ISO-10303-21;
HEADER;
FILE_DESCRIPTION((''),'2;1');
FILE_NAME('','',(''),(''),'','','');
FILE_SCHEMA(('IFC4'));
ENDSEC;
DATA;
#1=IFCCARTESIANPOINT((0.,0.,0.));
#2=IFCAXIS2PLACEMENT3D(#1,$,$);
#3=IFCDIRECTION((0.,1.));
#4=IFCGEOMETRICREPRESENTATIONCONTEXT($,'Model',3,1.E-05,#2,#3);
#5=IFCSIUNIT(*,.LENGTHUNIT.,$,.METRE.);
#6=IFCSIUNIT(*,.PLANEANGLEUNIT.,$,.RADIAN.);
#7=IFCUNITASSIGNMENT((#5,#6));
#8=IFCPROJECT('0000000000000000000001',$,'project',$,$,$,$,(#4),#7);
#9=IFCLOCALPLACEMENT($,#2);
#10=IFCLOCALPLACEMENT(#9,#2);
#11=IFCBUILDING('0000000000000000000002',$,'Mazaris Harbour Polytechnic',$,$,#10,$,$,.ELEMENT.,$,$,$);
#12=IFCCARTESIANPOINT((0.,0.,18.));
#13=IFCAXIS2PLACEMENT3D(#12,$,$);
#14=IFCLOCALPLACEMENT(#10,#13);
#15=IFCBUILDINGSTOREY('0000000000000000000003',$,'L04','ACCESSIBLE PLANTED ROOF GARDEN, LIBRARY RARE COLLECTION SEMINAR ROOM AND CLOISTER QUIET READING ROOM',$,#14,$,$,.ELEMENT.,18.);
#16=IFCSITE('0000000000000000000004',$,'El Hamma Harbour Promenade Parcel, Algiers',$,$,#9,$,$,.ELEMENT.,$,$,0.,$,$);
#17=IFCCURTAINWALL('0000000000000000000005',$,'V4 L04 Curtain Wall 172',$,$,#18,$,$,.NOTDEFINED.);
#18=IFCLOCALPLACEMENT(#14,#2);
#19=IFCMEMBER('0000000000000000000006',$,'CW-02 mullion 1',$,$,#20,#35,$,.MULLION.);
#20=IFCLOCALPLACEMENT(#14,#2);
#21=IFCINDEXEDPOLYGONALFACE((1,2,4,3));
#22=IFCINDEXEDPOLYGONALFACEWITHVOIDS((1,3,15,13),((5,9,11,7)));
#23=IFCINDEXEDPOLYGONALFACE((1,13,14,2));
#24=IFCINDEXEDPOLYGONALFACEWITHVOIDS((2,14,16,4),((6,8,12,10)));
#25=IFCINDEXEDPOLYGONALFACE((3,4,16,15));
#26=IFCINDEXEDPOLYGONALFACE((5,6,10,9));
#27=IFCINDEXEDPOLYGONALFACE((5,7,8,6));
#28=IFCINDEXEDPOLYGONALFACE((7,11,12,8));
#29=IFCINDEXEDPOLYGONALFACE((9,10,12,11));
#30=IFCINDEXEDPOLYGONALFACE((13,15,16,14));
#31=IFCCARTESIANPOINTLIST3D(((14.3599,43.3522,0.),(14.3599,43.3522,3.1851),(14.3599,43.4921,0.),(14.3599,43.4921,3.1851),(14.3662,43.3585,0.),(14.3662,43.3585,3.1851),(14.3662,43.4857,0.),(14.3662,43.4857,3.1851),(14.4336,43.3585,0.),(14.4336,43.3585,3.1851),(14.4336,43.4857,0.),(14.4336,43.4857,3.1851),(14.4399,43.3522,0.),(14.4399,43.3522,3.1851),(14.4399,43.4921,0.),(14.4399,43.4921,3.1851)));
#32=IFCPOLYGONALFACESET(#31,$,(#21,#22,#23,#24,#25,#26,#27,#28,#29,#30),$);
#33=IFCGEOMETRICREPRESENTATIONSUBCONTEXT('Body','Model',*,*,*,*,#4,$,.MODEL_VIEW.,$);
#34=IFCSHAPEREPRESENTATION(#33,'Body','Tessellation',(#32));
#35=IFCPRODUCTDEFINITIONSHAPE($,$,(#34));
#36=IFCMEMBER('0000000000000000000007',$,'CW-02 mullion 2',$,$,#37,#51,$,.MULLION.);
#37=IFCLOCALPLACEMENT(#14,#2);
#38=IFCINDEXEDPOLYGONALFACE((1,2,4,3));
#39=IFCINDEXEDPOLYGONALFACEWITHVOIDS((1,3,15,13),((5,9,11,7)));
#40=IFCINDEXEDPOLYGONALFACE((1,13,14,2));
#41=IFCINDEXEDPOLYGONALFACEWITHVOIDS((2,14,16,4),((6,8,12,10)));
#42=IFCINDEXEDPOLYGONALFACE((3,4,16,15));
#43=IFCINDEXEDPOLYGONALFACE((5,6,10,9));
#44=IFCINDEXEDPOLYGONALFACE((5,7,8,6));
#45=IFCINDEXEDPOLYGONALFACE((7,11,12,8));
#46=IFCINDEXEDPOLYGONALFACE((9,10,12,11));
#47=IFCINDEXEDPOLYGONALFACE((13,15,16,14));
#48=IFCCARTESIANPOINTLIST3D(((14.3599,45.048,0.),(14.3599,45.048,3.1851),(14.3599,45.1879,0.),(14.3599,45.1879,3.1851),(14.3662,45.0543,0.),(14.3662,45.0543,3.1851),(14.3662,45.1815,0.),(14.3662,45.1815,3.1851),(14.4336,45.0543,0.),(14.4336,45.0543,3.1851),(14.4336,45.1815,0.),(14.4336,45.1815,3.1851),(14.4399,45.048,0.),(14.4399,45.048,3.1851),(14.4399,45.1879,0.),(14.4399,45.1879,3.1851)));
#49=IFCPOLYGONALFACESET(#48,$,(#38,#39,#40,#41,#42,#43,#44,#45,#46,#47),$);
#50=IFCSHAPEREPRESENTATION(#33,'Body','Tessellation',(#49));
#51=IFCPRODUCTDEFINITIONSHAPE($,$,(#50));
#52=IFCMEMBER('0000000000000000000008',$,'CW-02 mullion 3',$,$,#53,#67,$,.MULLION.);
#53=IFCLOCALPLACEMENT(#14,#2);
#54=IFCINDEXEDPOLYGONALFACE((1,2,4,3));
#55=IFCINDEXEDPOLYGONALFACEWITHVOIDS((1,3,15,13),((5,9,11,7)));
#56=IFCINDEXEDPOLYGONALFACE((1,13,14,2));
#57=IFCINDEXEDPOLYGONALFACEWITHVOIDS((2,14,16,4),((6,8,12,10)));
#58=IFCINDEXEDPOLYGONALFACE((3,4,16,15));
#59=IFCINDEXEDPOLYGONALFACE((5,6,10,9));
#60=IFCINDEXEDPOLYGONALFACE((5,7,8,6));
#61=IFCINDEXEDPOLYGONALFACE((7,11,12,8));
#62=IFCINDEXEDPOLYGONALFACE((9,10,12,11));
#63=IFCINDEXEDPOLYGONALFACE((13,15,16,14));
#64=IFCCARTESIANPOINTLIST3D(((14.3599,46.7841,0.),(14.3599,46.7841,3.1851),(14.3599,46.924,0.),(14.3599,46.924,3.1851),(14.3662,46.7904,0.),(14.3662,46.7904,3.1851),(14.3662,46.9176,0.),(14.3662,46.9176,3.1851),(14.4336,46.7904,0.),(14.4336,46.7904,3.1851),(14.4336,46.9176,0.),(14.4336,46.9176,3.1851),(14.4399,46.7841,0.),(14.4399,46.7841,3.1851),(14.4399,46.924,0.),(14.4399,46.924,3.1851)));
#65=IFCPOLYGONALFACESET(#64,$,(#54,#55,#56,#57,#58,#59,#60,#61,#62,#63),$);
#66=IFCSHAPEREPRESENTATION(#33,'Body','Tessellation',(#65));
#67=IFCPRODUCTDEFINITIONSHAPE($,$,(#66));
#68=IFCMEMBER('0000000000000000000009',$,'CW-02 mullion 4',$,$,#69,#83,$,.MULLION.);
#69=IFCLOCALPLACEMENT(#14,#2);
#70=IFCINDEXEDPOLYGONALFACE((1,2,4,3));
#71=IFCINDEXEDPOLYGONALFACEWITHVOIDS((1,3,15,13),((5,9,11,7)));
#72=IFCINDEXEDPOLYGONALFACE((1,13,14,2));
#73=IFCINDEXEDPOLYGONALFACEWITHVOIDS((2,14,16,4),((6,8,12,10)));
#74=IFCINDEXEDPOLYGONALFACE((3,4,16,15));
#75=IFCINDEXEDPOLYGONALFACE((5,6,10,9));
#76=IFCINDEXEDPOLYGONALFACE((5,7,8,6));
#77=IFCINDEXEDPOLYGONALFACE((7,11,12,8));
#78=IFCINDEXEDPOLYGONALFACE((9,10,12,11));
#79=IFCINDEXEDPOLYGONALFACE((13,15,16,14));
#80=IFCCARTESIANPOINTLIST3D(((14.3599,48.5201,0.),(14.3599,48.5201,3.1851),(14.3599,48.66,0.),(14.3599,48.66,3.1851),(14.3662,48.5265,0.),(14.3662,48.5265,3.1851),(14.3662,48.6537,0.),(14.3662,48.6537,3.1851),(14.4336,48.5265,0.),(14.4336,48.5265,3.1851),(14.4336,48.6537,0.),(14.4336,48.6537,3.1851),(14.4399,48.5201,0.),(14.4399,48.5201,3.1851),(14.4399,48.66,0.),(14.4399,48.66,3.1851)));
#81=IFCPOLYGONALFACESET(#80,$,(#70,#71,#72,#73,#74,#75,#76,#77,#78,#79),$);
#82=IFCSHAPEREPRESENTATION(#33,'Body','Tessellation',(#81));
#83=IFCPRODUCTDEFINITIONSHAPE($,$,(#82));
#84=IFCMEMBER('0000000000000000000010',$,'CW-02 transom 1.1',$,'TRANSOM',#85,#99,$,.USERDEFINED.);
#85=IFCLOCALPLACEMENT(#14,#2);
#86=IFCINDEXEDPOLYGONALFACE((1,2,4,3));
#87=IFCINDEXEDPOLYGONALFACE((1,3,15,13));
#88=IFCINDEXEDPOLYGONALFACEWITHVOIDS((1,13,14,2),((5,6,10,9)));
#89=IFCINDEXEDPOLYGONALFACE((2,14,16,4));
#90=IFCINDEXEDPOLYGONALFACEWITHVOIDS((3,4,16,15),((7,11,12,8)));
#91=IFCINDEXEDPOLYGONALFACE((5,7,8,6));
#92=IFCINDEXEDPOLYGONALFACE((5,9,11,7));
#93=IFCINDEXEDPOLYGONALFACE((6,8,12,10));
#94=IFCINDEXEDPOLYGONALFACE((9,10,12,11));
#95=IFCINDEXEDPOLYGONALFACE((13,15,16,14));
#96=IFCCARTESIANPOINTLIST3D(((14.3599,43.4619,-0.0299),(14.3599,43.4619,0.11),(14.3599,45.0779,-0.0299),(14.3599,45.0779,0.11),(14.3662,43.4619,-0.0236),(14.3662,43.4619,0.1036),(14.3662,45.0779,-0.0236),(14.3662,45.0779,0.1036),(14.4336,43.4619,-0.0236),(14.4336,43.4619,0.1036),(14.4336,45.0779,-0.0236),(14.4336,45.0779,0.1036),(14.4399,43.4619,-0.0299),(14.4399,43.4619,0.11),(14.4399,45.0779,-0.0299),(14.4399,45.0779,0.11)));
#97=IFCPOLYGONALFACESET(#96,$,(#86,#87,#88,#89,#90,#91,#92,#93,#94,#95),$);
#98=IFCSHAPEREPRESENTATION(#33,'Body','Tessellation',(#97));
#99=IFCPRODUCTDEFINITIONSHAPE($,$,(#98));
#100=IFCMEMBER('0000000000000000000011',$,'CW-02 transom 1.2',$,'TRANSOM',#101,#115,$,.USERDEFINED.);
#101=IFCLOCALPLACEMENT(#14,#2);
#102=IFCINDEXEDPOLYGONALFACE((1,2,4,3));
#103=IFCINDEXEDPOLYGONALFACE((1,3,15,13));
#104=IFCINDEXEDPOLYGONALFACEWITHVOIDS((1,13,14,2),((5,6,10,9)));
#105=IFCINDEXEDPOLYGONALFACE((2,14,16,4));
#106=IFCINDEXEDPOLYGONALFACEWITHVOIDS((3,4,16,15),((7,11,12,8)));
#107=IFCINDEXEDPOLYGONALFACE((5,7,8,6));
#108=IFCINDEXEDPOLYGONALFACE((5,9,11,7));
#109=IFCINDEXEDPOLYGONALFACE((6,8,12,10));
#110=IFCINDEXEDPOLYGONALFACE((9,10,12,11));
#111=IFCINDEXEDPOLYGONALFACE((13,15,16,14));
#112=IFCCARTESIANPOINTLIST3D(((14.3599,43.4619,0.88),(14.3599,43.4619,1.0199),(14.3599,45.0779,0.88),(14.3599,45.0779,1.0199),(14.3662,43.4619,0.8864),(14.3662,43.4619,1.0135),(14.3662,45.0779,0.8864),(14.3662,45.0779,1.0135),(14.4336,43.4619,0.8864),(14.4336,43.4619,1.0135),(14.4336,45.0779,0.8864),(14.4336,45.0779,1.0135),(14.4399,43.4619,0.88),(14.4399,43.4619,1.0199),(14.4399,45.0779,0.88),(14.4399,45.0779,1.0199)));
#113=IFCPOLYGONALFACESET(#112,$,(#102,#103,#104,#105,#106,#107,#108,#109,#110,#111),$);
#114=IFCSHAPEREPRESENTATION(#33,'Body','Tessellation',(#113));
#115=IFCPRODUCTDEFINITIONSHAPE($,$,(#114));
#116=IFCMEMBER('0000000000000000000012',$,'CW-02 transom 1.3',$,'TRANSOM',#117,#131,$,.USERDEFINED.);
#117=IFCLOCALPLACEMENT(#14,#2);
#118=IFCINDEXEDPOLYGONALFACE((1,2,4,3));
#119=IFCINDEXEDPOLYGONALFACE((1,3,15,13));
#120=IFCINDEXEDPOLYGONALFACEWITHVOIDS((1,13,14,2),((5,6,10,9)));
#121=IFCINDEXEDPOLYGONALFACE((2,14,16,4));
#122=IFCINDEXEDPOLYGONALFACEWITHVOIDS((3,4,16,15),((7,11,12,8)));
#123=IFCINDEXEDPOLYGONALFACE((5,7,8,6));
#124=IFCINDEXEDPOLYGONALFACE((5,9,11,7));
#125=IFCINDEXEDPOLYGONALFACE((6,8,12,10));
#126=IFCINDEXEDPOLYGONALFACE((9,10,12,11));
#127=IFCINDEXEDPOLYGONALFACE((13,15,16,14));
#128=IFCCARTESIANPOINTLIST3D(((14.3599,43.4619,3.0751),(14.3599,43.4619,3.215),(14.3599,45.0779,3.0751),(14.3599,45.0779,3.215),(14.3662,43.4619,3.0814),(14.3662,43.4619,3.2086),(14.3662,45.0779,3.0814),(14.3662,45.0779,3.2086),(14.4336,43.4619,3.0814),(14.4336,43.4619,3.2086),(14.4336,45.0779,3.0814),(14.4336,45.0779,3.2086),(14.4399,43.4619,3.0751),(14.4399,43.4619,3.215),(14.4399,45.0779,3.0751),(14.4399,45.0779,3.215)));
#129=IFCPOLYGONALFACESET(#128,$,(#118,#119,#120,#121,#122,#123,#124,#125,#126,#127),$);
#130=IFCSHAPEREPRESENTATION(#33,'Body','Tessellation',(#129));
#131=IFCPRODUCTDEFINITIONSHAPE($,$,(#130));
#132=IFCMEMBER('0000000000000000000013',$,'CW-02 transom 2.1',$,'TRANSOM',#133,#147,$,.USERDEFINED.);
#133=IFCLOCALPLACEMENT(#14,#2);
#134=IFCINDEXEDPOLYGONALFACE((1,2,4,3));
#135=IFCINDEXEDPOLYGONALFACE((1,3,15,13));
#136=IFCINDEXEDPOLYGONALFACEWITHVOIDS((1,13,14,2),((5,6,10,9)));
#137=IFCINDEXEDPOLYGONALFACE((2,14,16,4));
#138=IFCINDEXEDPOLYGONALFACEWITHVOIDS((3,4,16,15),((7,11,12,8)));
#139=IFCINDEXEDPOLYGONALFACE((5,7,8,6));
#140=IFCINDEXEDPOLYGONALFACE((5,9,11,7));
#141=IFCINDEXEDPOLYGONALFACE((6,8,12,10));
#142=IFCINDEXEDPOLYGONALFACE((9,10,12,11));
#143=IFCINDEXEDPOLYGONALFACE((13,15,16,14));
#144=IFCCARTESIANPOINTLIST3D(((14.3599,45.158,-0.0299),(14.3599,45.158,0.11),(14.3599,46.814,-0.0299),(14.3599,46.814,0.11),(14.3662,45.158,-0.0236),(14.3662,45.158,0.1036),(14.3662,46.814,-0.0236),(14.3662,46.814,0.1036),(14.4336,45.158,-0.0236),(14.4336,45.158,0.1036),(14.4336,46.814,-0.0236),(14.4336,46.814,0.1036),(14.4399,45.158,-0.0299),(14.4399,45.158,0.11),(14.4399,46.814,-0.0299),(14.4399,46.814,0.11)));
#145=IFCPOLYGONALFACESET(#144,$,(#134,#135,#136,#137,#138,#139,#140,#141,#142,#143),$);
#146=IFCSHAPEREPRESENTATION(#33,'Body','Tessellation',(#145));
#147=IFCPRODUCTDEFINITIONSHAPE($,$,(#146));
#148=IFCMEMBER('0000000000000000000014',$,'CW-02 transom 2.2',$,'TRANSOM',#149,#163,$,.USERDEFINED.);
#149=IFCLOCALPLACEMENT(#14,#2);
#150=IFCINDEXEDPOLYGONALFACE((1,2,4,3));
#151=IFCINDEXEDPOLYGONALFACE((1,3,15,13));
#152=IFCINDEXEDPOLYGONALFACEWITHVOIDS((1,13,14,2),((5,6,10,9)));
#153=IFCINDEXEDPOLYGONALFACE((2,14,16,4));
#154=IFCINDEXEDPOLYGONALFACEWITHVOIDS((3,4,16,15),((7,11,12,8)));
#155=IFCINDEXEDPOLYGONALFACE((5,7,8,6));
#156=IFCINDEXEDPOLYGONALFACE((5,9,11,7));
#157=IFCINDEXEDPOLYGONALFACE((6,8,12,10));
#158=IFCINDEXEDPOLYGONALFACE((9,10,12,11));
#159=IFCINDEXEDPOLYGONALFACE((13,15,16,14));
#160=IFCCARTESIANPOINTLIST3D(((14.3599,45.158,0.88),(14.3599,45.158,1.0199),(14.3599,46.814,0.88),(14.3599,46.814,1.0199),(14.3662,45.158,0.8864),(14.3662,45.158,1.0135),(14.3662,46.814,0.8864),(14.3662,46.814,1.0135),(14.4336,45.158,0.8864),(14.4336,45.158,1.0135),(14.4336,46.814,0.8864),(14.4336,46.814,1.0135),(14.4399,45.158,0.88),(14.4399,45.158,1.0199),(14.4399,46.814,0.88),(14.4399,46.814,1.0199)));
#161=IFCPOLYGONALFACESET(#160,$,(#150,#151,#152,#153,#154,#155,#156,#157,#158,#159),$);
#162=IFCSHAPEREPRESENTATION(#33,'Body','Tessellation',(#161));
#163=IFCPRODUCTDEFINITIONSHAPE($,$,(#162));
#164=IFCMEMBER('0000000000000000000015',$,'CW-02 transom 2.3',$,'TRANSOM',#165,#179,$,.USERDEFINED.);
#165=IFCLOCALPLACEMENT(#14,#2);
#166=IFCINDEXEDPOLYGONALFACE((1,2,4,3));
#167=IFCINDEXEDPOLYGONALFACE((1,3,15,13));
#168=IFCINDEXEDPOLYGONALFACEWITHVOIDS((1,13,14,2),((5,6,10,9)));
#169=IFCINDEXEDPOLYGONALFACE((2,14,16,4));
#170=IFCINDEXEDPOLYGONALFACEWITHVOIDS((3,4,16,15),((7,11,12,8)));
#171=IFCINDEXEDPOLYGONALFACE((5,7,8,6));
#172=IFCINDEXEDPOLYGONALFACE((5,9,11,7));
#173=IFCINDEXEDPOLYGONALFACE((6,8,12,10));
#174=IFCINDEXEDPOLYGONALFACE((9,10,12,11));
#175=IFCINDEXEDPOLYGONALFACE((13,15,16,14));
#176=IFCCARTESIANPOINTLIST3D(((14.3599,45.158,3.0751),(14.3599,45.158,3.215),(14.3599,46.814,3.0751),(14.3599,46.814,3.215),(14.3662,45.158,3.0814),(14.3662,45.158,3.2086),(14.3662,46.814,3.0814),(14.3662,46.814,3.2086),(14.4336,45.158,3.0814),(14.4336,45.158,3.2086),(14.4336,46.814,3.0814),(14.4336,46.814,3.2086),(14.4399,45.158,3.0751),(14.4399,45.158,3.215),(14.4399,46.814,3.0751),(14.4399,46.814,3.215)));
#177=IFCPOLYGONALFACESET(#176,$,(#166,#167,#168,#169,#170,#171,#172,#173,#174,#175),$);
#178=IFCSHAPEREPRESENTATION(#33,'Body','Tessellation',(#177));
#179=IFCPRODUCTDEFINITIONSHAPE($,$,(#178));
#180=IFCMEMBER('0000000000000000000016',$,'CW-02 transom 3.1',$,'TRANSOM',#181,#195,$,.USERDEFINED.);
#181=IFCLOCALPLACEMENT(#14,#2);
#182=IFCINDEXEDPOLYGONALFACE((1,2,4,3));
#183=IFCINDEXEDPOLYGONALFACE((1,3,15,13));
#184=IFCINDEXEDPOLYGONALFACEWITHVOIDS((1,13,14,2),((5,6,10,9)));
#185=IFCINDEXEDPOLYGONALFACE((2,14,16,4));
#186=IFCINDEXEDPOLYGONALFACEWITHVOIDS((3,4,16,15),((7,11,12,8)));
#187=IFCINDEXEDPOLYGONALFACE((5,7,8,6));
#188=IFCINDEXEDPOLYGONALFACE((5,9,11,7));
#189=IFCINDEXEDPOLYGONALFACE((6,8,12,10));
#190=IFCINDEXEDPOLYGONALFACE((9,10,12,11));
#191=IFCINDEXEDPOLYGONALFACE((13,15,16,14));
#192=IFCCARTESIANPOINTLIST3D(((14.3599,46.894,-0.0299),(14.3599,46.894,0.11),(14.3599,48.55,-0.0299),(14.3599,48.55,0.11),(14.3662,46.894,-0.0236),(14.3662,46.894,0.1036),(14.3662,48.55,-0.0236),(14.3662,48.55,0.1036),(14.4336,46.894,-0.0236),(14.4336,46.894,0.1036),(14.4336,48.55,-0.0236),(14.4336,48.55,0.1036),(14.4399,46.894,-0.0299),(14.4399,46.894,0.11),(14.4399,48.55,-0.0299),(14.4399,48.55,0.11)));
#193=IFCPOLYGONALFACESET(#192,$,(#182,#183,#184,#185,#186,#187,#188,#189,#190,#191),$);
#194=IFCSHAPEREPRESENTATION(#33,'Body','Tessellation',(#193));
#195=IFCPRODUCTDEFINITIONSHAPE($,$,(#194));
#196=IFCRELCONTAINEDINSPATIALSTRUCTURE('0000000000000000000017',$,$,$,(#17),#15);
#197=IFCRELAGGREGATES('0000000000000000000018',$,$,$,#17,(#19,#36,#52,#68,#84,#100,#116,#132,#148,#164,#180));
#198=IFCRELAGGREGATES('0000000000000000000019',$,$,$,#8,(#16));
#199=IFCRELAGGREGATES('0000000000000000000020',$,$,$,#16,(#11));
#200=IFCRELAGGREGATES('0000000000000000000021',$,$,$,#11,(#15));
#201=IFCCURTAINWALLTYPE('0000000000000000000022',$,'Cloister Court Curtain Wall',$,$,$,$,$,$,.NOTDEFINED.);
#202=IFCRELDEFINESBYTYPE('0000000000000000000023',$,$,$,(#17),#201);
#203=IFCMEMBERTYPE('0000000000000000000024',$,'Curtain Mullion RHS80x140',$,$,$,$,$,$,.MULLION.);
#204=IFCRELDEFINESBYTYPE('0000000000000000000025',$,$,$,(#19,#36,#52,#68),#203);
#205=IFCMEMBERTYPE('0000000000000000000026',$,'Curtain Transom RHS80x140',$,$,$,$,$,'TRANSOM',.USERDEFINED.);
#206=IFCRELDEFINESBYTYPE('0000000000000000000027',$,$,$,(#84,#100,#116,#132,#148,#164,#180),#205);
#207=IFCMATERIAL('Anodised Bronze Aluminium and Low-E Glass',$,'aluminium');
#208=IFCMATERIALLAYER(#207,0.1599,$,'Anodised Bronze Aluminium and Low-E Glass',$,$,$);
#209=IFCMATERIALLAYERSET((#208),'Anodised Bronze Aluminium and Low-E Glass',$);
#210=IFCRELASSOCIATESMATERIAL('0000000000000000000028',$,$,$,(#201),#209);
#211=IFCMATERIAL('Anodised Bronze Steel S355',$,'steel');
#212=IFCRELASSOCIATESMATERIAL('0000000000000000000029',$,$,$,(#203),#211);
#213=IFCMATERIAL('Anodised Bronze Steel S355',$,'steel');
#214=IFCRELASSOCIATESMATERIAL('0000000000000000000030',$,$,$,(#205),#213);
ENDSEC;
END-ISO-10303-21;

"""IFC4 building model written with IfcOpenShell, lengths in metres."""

from ifc_helpers import new_model, si_unit, direction, frame, origin, origin_2d, place, context, subcontext, project, spatial, hollow_rectangle, extrude, material, layer, layer_set, material_profile, profile_set, type_object, element, aggregate, save


model = new_model("IFC4")

# Units and contexts
model_context = context("Model", 3, precision=1e-05, world=origin(), true_north=direction((0.0, 1.0)))
body_context = subcontext(model_context, "Body", "Model", "MODEL_VIEW")
ifc_project = project(units=[si_unit("LENGTHUNIT", "METRE"), si_unit("PLANEANGLEUNIT", "RADIAN")], contexts=[model_context])

# Site, building, storey
site_placement = place(None, origin())
site = spatial("IfcSite", under=ifc_project, at=site_placement, Name="El Hamma Harbour Promenade Parcel, Algiers", CompositionType="ELEMENT", RefElevation=0.0)
building_placement = place(site_placement, origin())
building = spatial("IfcBuilding", under=site, at=building_placement, Name="Mazaris Harbour Polytechnic", CompositionType="ELEMENT")
storey_placement = place(building_placement, frame((0.0, 0.0, 18.0)))
storey = spatial("IfcBuildingStorey", under=building, at=storey_placement, Name="L04", Description="ACCESSIBLE PLANTED ROOF GARDEN, LIBRARY RARE COLLECTION SEMINAR ROOM AND CLOISTER QUIET READING ROOM", CompositionType="ELEMENT", Elevation=18.0)

# Curtain wall, members
ifc_material_1 = material(Name="Anodised Bronze Aluminium and Low-E Glass", Category="aluminium")
ifc_layer_1 = layer(ifc_material_1, 0.1599, Name="Anodised Bronze Aluminium and Low-E Glass")
ifc_layer_set_1 = layer_set([ifc_layer_1], Name="Anodised Bronze Aluminium and Low-E Glass")
curtain_wall_type = type_object("IfcCurtainWallType", Name="Cloister Court Curtain Wall", PredefinedType="NOTDEFINED", material=ifc_layer_set_1)
curtain_wall_placement = place(storey_placement, origin())
curtain_wall = element("IfcCurtainWall", 1, at=curtain_wall_placement, inside=storey, type_object=curtain_wall_type, Name="V4 L04 Curtain Wall 172", PredefinedType="NOTDEFINED")
ifc_material_2 = material(Name="Anodised Bronze Steel S355", Category="steel")
ifc_material_profile_1 = material_profile(ifc_material_2, hollow_rectangle(XDim=0.0801, YDim=0.1399, WallThickness=0.0063, at=origin_2d()), Name="RHS 80x140x6.3")
ifc_profile_set_1 = profile_set([ifc_material_profile_1], Name="Anodised Bronze Steel S355")
member_type_1 = type_object("IfcMemberType", Name="Curtain Mullion RHS80x140", PredefinedType="MULLION", material=ifc_profile_set_1)
member_1_placement = place(storey_placement, frame((14.3999, 43.4221, 0.0), z_axis=(0.0, 0.0, 1.0), x_axis=(-1.0, 0.0, 0.0)))
member_1 = element("IfcMember", 2, at=member_1_placement, type_object=member_type_1, Name="CW-02 mullion 1", PredefinedType="MULLION", context=body_context, shape_type="SweptSolid", body=[
    extrude(hollow_rectangle(XDim=0.0801, YDim=0.1399, WallThickness=0.0063, at=origin_2d()), origin(), (0.0, 0.0, 1.0), 3.1851),
])
member_2_placement = place(storey_placement, frame((14.3999, 45.1179, 0.0), z_axis=(0.0, 0.0, 1.0), x_axis=(-1.0, 0.0, 0.0)))
member_2 = element("IfcMember", 3, at=member_2_placement, type_object=member_type_1, Name="CW-02 mullion 2", PredefinedType="MULLION", context=body_context, shape_type="SweptSolid", body=[
    extrude(hollow_rectangle(XDim=0.0801, YDim=0.1399, WallThickness=0.0063, at=origin_2d()), origin(), (0.0, 0.0, 1.0), 3.1851),
])
member_3_placement = place(storey_placement, frame((14.3999, 46.854, 0.0), z_axis=(0.0, 0.0, 1.0), x_axis=(-1.0, 0.0, 0.0)))
member_3 = element("IfcMember", 4, at=member_3_placement, type_object=member_type_1, Name="CW-02 mullion 3", PredefinedType="MULLION", context=body_context, shape_type="SweptSolid", body=[
    extrude(hollow_rectangle(XDim=0.0801, YDim=0.1399, WallThickness=0.0063, at=origin_2d()), origin(), (0.0, 0.0, 1.0), 3.1851),
])
member_4_placement = place(storey_placement, frame((14.3999, 48.5901, 0.0), z_axis=(0.0, 0.0, 1.0), x_axis=(-1.0, 0.0, 0.0)))
member_4 = element("IfcMember", 5, at=member_4_placement, type_object=member_type_1, Name="CW-02 mullion 4", PredefinedType="MULLION", context=body_context, shape_type="SweptSolid", body=[
    extrude(hollow_rectangle(XDim=0.0801, YDim=0.1399, WallThickness=0.0063, at=origin_2d()), origin(), (0.0, 0.0, 1.0), 3.1851),
])
ifc_material_3 = material(Name="Anodised Bronze Steel S355", Category="steel")
ifc_material_profile_2 = material_profile(ifc_material_3, hollow_rectangle(XDim=0.0801, YDim=0.1399, WallThickness=0.0063, at=origin_2d()), Name="RHS 80x140x6.3")
ifc_profile_set_2 = profile_set([ifc_material_profile_2], Name="Anodised Bronze Steel S355")
member_type_2 = type_object("IfcMemberType", Name="Curtain Transom RHS80x140", ElementType="TRANSOM", PredefinedType="USERDEFINED", material=ifc_profile_set_2)
member_5_placement = place(storey_placement, frame((14.3999, 43.4619, 0.04), z_axis=(0.0, 1.0, 0.0), x_axis=(-1.0, 0.0, 0.0)))
member_5 = element("IfcMember", 6, at=member_5_placement, type_object=member_type_2, Name="CW-02 transom 1.1", ObjectType="TRANSOM", PredefinedType="USERDEFINED", context=body_context, shape_type="SweptSolid", body=[
    extrude(hollow_rectangle(XDim=0.0801, YDim=0.1399, WallThickness=0.0063, at=origin_2d()), origin(), (0.0, 0.0, 1.0), 1.616),
])
member_6_placement = place(storey_placement, frame((14.3999, 43.4619, 0.95), z_axis=(0.0, 1.0, 0.0), x_axis=(-1.0, 0.0, 0.0)))
member_6 = element("IfcMember", 7, at=member_6_placement, type_object=member_type_2, Name="CW-02 transom 1.2", ObjectType="TRANSOM", PredefinedType="USERDEFINED", context=body_context, shape_type="SweptSolid", body=[
    extrude(hollow_rectangle(XDim=0.0801, YDim=0.1399, WallThickness=0.0063, at=origin_2d()), origin(), (0.0, 0.0, 1.0), 1.616),
])
member_7_placement = place(storey_placement, frame((14.3999, 43.4619, 3.145), z_axis=(0.0, 1.0, 0.0), x_axis=(-1.0, 0.0, 0.0)))
member_7 = element("IfcMember", 8, at=member_7_placement, type_object=member_type_2, Name="CW-02 transom 1.3", ObjectType="TRANSOM", PredefinedType="USERDEFINED", context=body_context, shape_type="SweptSolid", body=[
    extrude(hollow_rectangle(XDim=0.0801, YDim=0.1399, WallThickness=0.0063, at=origin_2d()), origin(), (0.0, 0.0, 1.0), 1.616),
])
member_8_placement = place(storey_placement, frame((14.3999, 45.158, 0.04), z_axis=(0.0, 1.0, 0.0), x_axis=(-1.0, 0.0, 0.0)))
member_8 = element("IfcMember", 9, at=member_8_placement, type_object=member_type_2, Name="CW-02 transom 2.1", ObjectType="TRANSOM", PredefinedType="USERDEFINED", context=body_context, shape_type="SweptSolid", body=[
    extrude(hollow_rectangle(XDim=0.0801, YDim=0.1399, WallThickness=0.0063, at=origin_2d()), origin(), (0.0, 0.0, 1.0), 1.656),
])
member_9_placement = place(storey_placement, frame((14.3999, 45.158, 0.95), z_axis=(0.0, 1.0, 0.0), x_axis=(-1.0, 0.0, 0.0)))
member_9 = element("IfcMember", 10, at=member_9_placement, type_object=member_type_2, Name="CW-02 transom 2.2", ObjectType="TRANSOM", PredefinedType="USERDEFINED", context=body_context, shape_type="SweptSolid", body=[
    extrude(hollow_rectangle(XDim=0.0801, YDim=0.1399, WallThickness=0.0063, at=origin_2d()), origin(), (0.0, 0.0, 1.0), 1.656),
])
member_10_placement = place(storey_placement, frame((14.3999, 45.158, 3.145), z_axis=(0.0, 1.0, 0.0), x_axis=(-1.0, 0.0, 0.0)))
member_10 = element("IfcMember", 11, at=member_10_placement, type_object=member_type_2, Name="CW-02 transom 2.3", ObjectType="TRANSOM", PredefinedType="USERDEFINED", context=body_context, shape_type="SweptSolid", body=[
    extrude(hollow_rectangle(XDim=0.0801, YDim=0.1399, WallThickness=0.0063, at=origin_2d()), origin(), (0.0, 0.0, 1.0), 1.656),
])
member_11_placement = place(storey_placement, frame((14.3999, 46.894, 0.04), z_axis=(0.0, 1.0, 0.0), x_axis=(-1.0, 0.0, 0.0)))
member_11 = element("IfcMember", 12, at=member_11_placement, type_object=member_type_2, Name="CW-02 transom 3.1", ObjectType="TRANSOM", PredefinedType="USERDEFINED", context=body_context, shape_type="SweptSolid", body=[
    extrude(hollow_rectangle(XDim=0.0801, YDim=0.1399, WallThickness=0.0063, at=origin_2d()), origin(), (0.0, 0.0, 1.0), 1.656),
])

aggregate(curtain_wall, [member_1, member_2, member_3, member_4, member_5, member_6, member_7, member_8, member_9, member_10, member_11])

save(model, "model.ifc")
